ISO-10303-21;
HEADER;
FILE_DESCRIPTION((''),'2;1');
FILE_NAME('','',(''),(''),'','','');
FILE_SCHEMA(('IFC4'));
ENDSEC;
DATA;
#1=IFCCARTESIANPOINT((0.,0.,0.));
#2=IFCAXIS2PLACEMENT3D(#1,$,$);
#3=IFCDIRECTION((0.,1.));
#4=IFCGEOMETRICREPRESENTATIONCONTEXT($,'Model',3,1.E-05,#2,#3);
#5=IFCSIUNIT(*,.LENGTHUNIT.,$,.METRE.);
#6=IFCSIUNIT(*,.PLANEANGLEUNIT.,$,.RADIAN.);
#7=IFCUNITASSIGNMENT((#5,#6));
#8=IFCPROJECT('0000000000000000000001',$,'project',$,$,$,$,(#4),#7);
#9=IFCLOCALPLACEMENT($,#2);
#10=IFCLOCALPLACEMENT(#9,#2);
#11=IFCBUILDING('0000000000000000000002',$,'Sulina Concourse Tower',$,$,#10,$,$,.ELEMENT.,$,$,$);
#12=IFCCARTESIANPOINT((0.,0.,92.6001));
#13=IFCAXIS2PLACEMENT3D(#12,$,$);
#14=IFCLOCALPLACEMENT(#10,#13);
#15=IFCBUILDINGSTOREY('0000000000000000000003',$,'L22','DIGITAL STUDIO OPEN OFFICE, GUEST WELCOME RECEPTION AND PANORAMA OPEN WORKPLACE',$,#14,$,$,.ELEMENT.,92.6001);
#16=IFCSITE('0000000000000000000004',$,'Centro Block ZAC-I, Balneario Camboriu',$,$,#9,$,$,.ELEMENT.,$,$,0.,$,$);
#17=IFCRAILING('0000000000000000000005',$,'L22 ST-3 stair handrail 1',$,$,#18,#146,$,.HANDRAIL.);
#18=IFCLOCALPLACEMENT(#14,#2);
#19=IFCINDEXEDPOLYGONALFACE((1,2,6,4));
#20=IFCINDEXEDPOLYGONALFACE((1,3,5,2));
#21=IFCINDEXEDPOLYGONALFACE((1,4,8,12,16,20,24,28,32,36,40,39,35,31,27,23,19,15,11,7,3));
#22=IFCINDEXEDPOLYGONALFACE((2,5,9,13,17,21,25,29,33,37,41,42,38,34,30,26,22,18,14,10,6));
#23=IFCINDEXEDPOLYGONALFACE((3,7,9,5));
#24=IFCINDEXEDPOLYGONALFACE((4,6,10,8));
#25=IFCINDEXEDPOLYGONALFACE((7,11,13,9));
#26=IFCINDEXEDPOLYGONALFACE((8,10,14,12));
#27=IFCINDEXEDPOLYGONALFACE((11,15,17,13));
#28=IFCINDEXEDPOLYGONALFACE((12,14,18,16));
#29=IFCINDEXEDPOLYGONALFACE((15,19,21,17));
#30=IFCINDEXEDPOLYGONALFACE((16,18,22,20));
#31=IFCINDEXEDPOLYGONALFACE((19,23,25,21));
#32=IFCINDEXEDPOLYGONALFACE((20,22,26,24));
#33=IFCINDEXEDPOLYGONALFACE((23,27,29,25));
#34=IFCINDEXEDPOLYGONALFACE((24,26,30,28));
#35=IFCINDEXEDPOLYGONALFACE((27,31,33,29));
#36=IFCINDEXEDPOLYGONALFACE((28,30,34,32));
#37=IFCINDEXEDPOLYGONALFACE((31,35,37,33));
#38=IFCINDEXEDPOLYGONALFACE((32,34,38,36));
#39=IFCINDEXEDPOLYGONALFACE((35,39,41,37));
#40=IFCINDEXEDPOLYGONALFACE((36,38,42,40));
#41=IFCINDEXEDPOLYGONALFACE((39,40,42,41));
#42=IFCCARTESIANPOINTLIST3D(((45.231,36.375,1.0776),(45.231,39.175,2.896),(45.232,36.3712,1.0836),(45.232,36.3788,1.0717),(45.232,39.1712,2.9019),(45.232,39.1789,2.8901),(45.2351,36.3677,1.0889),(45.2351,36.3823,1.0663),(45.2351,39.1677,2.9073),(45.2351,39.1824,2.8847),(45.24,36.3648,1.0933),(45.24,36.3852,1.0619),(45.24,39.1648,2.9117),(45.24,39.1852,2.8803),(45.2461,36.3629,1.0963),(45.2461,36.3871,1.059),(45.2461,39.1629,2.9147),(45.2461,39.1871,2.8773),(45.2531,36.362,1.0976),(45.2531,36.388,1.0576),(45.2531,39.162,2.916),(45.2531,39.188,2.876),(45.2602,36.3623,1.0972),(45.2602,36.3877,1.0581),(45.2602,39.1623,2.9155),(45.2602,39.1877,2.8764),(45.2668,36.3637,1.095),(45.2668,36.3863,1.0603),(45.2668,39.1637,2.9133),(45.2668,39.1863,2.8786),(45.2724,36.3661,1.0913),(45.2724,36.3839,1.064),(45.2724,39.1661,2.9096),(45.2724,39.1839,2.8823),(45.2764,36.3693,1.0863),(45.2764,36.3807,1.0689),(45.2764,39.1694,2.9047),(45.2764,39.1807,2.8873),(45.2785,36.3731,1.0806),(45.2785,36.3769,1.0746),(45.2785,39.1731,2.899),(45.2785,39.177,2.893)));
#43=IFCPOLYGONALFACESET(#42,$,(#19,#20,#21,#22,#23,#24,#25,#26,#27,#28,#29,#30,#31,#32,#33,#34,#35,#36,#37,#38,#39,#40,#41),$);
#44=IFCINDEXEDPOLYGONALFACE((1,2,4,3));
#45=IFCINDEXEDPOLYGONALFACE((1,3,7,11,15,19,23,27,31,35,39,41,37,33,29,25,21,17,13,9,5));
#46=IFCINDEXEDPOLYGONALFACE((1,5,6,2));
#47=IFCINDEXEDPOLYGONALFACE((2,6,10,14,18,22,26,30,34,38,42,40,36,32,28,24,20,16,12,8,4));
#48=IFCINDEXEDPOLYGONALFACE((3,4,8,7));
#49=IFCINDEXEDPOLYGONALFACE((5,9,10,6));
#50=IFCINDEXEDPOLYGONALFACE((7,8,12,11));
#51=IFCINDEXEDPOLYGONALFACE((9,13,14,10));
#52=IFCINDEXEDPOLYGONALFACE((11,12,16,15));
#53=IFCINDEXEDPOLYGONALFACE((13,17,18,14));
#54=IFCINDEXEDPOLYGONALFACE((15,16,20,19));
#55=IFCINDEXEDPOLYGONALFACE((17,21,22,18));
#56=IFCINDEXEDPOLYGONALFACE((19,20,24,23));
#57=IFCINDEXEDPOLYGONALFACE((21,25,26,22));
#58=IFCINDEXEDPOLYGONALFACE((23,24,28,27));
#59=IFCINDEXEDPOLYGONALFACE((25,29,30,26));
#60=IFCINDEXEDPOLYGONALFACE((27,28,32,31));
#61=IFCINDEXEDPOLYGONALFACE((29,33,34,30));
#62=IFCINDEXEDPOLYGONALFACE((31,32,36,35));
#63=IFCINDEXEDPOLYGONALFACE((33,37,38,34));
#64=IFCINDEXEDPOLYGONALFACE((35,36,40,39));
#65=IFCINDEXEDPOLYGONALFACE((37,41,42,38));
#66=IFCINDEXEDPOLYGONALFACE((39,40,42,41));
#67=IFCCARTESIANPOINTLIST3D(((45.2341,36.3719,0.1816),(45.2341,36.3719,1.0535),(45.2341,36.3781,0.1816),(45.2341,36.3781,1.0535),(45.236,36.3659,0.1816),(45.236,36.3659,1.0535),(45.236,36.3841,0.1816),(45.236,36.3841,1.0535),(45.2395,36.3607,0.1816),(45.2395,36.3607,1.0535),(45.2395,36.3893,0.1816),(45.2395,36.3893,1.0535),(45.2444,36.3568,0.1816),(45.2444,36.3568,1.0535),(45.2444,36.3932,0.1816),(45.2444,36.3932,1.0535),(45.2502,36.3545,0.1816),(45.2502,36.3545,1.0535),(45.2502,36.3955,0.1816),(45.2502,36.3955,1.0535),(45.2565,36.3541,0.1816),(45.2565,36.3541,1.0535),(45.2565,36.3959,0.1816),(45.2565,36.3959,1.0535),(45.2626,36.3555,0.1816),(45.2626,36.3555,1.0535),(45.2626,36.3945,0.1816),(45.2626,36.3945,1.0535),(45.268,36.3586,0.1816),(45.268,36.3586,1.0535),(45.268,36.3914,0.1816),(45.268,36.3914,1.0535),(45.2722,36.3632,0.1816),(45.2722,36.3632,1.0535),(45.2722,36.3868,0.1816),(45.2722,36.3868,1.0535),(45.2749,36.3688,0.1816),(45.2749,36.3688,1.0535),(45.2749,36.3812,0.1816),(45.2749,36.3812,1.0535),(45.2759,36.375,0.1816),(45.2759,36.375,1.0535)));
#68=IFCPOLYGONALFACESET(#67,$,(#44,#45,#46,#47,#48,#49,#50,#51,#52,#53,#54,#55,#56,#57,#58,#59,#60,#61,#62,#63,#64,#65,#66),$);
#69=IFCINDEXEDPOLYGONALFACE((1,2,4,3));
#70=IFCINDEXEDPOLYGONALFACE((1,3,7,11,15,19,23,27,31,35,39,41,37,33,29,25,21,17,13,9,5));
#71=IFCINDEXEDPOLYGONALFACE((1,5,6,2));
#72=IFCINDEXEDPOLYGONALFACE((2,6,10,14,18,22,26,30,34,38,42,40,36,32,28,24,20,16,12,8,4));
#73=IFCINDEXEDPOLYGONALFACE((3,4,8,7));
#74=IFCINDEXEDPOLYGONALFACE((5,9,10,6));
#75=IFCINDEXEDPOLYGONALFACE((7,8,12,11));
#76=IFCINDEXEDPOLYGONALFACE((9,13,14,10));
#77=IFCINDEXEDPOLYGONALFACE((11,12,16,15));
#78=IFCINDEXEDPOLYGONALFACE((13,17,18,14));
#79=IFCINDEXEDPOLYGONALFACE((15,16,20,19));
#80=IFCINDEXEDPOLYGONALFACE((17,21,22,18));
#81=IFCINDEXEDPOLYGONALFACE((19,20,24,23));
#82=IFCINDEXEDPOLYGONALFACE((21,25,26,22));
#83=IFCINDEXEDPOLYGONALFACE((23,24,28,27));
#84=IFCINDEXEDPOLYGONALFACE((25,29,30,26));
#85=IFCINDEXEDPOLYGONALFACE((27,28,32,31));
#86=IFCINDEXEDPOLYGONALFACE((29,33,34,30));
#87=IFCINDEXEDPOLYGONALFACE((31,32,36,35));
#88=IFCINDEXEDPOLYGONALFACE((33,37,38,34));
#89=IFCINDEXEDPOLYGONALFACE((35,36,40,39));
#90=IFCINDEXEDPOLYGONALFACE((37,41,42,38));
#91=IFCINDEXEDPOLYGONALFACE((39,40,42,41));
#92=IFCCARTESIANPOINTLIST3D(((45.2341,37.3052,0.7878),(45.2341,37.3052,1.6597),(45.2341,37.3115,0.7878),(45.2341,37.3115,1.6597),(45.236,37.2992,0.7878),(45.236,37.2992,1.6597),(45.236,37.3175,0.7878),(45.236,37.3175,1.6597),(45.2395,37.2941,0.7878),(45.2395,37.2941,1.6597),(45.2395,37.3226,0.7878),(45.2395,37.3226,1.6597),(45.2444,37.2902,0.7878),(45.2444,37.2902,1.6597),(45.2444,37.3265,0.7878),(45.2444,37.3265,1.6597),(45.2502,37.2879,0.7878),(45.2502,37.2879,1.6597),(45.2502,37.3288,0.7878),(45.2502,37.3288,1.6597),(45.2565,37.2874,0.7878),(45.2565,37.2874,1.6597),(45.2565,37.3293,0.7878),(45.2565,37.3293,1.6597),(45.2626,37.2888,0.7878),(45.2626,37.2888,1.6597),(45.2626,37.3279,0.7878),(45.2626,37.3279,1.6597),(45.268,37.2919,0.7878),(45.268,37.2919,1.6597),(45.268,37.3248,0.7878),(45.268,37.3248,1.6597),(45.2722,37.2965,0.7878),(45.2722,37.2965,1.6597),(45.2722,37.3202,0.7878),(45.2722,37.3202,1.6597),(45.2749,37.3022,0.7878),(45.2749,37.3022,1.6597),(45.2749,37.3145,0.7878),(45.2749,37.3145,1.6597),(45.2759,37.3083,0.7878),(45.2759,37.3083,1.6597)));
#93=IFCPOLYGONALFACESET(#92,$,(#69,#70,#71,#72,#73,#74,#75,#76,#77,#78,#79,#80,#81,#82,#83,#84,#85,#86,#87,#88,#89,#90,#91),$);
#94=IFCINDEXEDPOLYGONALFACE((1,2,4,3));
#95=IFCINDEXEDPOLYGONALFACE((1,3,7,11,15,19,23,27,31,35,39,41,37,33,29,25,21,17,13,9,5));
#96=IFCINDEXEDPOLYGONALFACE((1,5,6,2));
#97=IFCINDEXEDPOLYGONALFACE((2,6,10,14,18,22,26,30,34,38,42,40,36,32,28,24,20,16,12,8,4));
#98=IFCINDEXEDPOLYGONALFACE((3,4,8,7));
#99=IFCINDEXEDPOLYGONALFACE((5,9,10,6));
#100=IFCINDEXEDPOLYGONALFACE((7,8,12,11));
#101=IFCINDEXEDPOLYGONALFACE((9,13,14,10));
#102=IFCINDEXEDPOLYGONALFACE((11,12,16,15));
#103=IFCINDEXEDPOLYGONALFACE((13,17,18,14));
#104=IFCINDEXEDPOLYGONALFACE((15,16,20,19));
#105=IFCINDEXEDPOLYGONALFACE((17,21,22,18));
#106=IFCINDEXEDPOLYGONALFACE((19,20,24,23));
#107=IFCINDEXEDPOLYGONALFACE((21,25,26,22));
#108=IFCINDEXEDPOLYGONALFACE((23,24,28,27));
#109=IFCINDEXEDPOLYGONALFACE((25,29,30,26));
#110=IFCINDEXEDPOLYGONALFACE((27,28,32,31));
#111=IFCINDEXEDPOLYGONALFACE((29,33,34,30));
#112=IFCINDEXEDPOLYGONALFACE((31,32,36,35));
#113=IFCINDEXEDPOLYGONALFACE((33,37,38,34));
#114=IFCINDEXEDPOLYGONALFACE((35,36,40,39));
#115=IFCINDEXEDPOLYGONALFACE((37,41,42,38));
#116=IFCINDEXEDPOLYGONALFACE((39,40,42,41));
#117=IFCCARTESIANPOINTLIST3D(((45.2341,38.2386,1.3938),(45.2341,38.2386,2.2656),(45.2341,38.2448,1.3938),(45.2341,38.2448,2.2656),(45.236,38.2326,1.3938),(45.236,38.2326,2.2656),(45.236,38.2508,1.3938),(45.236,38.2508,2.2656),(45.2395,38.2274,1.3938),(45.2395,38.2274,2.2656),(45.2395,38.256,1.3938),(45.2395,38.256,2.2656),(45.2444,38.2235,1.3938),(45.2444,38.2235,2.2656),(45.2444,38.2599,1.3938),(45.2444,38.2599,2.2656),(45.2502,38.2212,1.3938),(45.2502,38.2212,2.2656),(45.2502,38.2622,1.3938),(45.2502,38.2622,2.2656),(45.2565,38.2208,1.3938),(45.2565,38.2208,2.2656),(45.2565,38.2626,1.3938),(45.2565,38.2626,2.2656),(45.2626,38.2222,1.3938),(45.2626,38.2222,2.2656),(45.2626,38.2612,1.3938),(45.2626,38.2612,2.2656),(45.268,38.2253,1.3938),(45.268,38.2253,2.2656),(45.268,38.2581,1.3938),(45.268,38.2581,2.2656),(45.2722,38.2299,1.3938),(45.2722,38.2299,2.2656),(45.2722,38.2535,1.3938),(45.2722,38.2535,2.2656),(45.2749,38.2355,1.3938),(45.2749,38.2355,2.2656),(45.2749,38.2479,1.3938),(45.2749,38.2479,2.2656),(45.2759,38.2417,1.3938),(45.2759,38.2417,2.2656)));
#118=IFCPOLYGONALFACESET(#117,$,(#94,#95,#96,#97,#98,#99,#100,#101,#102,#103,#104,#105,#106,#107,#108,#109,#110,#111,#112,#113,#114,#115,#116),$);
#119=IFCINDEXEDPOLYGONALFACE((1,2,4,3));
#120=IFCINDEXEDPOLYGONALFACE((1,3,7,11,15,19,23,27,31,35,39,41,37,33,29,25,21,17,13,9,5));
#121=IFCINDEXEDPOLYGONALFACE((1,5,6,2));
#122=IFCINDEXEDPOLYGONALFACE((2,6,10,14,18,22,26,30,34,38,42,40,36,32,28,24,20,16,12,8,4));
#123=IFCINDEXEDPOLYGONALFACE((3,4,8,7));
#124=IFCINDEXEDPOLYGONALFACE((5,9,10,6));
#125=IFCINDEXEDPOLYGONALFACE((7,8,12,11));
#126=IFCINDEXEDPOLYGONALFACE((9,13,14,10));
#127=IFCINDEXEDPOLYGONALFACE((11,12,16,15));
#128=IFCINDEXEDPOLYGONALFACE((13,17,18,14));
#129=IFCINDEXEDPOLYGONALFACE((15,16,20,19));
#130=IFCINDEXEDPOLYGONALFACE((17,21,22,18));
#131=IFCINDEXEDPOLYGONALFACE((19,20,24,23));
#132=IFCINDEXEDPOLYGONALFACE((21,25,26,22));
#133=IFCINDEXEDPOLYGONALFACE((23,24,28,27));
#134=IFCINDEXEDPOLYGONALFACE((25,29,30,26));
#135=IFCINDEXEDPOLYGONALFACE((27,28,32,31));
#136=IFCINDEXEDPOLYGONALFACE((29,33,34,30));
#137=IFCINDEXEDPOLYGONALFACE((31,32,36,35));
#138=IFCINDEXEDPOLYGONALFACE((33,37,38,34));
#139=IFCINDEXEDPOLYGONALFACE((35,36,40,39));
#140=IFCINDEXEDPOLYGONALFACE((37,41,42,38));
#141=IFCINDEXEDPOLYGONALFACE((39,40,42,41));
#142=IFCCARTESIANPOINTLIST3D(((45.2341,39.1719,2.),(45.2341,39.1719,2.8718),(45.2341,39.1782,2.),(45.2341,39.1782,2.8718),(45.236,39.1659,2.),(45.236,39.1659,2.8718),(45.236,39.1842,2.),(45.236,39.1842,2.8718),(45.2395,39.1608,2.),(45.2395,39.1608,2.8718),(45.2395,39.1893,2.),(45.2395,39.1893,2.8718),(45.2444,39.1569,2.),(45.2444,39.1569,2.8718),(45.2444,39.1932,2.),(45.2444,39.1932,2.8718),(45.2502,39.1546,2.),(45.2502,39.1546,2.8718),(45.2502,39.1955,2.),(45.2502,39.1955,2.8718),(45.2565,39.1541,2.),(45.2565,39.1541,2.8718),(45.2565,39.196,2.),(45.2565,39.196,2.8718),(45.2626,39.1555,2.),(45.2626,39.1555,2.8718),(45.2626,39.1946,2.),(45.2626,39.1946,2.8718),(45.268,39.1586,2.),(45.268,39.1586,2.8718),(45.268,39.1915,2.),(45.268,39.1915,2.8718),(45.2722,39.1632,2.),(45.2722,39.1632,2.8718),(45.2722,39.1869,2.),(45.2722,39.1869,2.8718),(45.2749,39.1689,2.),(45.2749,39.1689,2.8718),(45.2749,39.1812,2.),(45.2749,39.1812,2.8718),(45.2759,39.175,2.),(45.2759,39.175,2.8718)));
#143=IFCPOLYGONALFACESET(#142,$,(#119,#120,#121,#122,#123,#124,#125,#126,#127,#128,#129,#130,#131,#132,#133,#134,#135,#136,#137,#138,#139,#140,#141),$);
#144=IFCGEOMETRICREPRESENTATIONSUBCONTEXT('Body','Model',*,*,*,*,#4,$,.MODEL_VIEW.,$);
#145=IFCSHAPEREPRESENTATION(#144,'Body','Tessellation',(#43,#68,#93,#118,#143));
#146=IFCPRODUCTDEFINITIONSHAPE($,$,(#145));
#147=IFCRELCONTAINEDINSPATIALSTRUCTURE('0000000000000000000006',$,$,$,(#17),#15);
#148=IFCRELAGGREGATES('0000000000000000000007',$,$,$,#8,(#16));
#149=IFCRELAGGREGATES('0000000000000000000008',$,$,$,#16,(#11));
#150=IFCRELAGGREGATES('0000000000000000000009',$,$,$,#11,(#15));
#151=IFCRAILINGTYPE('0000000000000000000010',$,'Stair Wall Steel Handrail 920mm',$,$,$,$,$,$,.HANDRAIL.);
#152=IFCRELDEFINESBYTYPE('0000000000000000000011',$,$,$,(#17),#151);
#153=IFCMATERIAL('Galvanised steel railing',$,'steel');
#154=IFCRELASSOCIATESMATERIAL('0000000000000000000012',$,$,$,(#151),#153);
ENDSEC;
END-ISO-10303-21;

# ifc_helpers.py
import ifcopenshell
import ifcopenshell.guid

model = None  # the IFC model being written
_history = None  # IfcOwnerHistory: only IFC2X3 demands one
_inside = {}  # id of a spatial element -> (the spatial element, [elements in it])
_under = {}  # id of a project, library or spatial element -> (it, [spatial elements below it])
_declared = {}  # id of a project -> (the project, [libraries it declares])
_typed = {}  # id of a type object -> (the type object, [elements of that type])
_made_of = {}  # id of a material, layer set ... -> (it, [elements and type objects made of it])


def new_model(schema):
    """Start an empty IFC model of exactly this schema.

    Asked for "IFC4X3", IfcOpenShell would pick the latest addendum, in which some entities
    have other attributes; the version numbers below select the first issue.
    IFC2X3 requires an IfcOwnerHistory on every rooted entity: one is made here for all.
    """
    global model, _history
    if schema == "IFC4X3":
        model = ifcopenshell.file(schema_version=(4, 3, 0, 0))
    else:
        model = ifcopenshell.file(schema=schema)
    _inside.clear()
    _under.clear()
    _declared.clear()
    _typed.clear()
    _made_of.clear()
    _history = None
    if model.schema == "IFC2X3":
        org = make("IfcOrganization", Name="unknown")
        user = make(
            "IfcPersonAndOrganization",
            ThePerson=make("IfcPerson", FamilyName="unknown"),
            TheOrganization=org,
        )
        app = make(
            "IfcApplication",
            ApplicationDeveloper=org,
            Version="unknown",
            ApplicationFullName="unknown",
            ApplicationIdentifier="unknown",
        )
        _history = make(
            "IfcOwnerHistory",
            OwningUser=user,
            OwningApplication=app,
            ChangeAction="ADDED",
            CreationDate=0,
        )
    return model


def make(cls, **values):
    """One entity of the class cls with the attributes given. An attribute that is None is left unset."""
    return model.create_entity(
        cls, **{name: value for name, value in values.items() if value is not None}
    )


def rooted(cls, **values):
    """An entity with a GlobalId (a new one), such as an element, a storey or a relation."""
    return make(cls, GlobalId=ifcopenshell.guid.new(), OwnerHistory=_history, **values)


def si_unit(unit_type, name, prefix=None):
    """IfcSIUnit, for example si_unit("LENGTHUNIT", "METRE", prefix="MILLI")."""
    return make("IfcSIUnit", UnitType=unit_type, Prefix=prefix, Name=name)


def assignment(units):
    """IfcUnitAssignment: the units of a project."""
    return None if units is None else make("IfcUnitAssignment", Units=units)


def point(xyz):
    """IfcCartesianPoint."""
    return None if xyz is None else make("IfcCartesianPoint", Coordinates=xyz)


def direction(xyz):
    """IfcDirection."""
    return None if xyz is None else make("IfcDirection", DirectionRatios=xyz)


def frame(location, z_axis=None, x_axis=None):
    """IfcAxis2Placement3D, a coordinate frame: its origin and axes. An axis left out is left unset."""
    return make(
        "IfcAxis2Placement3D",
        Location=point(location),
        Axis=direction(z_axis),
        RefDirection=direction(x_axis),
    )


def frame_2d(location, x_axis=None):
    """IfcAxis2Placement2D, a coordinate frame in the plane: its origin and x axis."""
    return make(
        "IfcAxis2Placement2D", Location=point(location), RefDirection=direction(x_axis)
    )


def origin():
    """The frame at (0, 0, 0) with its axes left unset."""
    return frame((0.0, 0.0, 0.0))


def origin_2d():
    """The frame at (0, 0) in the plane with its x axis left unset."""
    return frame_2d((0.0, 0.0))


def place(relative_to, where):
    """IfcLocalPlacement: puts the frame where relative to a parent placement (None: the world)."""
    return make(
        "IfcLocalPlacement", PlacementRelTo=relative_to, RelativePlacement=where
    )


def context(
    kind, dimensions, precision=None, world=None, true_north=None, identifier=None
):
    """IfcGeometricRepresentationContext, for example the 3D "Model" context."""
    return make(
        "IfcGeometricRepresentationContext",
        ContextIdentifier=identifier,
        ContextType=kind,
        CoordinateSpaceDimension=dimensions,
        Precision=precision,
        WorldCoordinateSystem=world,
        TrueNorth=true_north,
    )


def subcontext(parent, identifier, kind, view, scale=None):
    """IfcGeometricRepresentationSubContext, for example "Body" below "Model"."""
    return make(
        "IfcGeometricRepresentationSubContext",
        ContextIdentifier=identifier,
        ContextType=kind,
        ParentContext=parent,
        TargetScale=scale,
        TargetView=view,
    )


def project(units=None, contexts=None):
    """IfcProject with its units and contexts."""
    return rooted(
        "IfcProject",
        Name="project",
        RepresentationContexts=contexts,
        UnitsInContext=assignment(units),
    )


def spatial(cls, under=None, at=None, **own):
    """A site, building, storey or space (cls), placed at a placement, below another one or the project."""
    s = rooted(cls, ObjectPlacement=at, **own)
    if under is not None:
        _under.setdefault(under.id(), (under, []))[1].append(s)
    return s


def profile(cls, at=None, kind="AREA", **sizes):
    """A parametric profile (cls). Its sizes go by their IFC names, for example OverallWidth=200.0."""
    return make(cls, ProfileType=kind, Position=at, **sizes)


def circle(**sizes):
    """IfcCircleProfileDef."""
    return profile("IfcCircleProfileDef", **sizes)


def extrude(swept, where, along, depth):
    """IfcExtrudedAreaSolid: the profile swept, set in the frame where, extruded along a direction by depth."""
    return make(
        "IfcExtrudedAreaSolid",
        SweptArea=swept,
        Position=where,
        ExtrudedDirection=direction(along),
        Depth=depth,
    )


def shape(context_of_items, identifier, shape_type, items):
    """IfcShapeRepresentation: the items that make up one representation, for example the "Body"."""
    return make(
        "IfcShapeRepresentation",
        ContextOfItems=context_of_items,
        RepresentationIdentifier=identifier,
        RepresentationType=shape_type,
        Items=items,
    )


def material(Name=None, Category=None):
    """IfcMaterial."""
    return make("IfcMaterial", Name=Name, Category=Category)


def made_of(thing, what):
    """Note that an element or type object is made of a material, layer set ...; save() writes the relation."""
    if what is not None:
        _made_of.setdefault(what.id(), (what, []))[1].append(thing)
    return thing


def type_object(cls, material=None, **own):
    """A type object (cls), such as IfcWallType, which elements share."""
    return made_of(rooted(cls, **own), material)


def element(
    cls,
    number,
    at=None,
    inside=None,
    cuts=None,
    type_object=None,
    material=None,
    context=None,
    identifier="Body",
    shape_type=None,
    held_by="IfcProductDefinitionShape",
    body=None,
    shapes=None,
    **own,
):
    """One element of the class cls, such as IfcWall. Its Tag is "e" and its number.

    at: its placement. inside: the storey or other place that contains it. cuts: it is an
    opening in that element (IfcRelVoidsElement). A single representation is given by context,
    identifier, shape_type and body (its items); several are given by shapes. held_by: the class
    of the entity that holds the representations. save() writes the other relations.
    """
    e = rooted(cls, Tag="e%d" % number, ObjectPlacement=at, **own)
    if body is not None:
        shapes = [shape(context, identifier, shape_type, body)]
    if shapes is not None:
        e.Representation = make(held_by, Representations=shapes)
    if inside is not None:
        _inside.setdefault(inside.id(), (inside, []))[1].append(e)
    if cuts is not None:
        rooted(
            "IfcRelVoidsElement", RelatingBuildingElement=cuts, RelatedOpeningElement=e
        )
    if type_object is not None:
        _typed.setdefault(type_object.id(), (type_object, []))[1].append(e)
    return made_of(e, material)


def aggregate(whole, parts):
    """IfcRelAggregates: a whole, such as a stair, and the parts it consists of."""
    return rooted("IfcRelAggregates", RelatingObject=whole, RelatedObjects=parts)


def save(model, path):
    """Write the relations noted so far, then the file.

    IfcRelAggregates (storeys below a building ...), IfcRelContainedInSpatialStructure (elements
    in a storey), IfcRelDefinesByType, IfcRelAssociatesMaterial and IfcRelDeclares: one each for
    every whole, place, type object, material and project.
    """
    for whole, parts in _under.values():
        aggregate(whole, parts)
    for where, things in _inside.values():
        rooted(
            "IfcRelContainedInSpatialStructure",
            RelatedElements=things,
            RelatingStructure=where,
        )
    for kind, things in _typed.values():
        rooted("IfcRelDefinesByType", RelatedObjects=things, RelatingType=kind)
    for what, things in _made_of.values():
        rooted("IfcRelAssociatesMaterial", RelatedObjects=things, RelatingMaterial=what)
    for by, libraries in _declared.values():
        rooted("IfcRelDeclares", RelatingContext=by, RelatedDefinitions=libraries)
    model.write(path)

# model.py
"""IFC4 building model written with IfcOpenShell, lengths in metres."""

from ifc_helpers import new_model, si_unit, direction, frame, origin, origin_2d, place, context, subcontext, project, spatial, circle, extrude, material, type_object, element, save


model = new_model("IFC4")

# Units and contexts
model_context = context("Model", 3, precision=1e-05, world=origin(), true_north=direction((0.0, 1.0)))
body_context = subcontext(model_context, "Body", "Model", "MODEL_VIEW")
ifc_project = project(units=[si_unit("LENGTHUNIT", "METRE"), si_unit("PLANEANGLEUNIT", "RADIAN")], contexts=[model_context])

# Site, building, storey
site_placement = place(None, origin())
site = spatial("IfcSite", under=ifc_project, at=site_placement, Name="Centro Block ZAC-I, Balneario Camboriu", CompositionType="ELEMENT", RefElevation=0.0)
building_placement = place(site_placement, origin())
building = spatial("IfcBuilding", under=site, at=building_placement, Name="Sulina Concourse Tower", CompositionType="ELEMENT")
storey_placement = place(building_placement, frame((0.0, 0.0, 92.6001)))
storey = spatial("IfcBuildingStorey", under=building, at=storey_placement, Name="L22", Description="DIGITAL STUDIO OPEN OFFICE, GUEST WELCOME RECEPTION AND PANORAMA OPEN WORKPLACE", CompositionType="ELEMENT", Elevation=92.6001)

# Railing
ifc_material_1 = material(Name="Galvanised steel railing", Category="steel")
railing_type_1 = type_object("IfcRailingType", Name="Stair Wall Steel Handrail 920mm", PredefinedType="HANDRAIL", material=ifc_material_1)
for number, where, name in (
    (1, (45.2549, 36.375, 0.1816), "L22 ST-3 stair handrail 1"),
):
    element("IfcRailing", number, at=place(storey_placement, frame(where)), inside=storey, type_object=railing_type_1, Name=name, PredefinedType="HANDRAIL", context=body_context, shape_type="SweptSolid", body=[
        extrude(circle(Radius=0.0239, at=origin_2d()), frame((0.0, 0.0, 0.896), z_axis=(0.0, 0.838672, 0.544636), x_axis=(-1.0, 0.0, 0.0)), (0.0, 0.0, 1.0), 3.3386),
        extrude(circle(Radius=0.021, at=origin_2d()), origin(), (0.0, 0.0, 1.0), 0.8718),
        extrude(circle(Radius=0.021, at=origin_2d()), frame((0.0, 0.9333, 0.6062)), (0.0, 0.0, 1.0), 0.8718),
        extrude(circle(Radius=0.021, at=origin_2d()), frame((0.0, 1.8667, 1.2122)), (0.0, 0.0, 1.0), 0.8718),
        extrude(circle(Radius=0.021, at=origin_2d()), frame((0.0, 2.8, 1.8184)), (0.0, 0.0, 1.0), 0.8718),
    ])

save(model, "model.ifc")
